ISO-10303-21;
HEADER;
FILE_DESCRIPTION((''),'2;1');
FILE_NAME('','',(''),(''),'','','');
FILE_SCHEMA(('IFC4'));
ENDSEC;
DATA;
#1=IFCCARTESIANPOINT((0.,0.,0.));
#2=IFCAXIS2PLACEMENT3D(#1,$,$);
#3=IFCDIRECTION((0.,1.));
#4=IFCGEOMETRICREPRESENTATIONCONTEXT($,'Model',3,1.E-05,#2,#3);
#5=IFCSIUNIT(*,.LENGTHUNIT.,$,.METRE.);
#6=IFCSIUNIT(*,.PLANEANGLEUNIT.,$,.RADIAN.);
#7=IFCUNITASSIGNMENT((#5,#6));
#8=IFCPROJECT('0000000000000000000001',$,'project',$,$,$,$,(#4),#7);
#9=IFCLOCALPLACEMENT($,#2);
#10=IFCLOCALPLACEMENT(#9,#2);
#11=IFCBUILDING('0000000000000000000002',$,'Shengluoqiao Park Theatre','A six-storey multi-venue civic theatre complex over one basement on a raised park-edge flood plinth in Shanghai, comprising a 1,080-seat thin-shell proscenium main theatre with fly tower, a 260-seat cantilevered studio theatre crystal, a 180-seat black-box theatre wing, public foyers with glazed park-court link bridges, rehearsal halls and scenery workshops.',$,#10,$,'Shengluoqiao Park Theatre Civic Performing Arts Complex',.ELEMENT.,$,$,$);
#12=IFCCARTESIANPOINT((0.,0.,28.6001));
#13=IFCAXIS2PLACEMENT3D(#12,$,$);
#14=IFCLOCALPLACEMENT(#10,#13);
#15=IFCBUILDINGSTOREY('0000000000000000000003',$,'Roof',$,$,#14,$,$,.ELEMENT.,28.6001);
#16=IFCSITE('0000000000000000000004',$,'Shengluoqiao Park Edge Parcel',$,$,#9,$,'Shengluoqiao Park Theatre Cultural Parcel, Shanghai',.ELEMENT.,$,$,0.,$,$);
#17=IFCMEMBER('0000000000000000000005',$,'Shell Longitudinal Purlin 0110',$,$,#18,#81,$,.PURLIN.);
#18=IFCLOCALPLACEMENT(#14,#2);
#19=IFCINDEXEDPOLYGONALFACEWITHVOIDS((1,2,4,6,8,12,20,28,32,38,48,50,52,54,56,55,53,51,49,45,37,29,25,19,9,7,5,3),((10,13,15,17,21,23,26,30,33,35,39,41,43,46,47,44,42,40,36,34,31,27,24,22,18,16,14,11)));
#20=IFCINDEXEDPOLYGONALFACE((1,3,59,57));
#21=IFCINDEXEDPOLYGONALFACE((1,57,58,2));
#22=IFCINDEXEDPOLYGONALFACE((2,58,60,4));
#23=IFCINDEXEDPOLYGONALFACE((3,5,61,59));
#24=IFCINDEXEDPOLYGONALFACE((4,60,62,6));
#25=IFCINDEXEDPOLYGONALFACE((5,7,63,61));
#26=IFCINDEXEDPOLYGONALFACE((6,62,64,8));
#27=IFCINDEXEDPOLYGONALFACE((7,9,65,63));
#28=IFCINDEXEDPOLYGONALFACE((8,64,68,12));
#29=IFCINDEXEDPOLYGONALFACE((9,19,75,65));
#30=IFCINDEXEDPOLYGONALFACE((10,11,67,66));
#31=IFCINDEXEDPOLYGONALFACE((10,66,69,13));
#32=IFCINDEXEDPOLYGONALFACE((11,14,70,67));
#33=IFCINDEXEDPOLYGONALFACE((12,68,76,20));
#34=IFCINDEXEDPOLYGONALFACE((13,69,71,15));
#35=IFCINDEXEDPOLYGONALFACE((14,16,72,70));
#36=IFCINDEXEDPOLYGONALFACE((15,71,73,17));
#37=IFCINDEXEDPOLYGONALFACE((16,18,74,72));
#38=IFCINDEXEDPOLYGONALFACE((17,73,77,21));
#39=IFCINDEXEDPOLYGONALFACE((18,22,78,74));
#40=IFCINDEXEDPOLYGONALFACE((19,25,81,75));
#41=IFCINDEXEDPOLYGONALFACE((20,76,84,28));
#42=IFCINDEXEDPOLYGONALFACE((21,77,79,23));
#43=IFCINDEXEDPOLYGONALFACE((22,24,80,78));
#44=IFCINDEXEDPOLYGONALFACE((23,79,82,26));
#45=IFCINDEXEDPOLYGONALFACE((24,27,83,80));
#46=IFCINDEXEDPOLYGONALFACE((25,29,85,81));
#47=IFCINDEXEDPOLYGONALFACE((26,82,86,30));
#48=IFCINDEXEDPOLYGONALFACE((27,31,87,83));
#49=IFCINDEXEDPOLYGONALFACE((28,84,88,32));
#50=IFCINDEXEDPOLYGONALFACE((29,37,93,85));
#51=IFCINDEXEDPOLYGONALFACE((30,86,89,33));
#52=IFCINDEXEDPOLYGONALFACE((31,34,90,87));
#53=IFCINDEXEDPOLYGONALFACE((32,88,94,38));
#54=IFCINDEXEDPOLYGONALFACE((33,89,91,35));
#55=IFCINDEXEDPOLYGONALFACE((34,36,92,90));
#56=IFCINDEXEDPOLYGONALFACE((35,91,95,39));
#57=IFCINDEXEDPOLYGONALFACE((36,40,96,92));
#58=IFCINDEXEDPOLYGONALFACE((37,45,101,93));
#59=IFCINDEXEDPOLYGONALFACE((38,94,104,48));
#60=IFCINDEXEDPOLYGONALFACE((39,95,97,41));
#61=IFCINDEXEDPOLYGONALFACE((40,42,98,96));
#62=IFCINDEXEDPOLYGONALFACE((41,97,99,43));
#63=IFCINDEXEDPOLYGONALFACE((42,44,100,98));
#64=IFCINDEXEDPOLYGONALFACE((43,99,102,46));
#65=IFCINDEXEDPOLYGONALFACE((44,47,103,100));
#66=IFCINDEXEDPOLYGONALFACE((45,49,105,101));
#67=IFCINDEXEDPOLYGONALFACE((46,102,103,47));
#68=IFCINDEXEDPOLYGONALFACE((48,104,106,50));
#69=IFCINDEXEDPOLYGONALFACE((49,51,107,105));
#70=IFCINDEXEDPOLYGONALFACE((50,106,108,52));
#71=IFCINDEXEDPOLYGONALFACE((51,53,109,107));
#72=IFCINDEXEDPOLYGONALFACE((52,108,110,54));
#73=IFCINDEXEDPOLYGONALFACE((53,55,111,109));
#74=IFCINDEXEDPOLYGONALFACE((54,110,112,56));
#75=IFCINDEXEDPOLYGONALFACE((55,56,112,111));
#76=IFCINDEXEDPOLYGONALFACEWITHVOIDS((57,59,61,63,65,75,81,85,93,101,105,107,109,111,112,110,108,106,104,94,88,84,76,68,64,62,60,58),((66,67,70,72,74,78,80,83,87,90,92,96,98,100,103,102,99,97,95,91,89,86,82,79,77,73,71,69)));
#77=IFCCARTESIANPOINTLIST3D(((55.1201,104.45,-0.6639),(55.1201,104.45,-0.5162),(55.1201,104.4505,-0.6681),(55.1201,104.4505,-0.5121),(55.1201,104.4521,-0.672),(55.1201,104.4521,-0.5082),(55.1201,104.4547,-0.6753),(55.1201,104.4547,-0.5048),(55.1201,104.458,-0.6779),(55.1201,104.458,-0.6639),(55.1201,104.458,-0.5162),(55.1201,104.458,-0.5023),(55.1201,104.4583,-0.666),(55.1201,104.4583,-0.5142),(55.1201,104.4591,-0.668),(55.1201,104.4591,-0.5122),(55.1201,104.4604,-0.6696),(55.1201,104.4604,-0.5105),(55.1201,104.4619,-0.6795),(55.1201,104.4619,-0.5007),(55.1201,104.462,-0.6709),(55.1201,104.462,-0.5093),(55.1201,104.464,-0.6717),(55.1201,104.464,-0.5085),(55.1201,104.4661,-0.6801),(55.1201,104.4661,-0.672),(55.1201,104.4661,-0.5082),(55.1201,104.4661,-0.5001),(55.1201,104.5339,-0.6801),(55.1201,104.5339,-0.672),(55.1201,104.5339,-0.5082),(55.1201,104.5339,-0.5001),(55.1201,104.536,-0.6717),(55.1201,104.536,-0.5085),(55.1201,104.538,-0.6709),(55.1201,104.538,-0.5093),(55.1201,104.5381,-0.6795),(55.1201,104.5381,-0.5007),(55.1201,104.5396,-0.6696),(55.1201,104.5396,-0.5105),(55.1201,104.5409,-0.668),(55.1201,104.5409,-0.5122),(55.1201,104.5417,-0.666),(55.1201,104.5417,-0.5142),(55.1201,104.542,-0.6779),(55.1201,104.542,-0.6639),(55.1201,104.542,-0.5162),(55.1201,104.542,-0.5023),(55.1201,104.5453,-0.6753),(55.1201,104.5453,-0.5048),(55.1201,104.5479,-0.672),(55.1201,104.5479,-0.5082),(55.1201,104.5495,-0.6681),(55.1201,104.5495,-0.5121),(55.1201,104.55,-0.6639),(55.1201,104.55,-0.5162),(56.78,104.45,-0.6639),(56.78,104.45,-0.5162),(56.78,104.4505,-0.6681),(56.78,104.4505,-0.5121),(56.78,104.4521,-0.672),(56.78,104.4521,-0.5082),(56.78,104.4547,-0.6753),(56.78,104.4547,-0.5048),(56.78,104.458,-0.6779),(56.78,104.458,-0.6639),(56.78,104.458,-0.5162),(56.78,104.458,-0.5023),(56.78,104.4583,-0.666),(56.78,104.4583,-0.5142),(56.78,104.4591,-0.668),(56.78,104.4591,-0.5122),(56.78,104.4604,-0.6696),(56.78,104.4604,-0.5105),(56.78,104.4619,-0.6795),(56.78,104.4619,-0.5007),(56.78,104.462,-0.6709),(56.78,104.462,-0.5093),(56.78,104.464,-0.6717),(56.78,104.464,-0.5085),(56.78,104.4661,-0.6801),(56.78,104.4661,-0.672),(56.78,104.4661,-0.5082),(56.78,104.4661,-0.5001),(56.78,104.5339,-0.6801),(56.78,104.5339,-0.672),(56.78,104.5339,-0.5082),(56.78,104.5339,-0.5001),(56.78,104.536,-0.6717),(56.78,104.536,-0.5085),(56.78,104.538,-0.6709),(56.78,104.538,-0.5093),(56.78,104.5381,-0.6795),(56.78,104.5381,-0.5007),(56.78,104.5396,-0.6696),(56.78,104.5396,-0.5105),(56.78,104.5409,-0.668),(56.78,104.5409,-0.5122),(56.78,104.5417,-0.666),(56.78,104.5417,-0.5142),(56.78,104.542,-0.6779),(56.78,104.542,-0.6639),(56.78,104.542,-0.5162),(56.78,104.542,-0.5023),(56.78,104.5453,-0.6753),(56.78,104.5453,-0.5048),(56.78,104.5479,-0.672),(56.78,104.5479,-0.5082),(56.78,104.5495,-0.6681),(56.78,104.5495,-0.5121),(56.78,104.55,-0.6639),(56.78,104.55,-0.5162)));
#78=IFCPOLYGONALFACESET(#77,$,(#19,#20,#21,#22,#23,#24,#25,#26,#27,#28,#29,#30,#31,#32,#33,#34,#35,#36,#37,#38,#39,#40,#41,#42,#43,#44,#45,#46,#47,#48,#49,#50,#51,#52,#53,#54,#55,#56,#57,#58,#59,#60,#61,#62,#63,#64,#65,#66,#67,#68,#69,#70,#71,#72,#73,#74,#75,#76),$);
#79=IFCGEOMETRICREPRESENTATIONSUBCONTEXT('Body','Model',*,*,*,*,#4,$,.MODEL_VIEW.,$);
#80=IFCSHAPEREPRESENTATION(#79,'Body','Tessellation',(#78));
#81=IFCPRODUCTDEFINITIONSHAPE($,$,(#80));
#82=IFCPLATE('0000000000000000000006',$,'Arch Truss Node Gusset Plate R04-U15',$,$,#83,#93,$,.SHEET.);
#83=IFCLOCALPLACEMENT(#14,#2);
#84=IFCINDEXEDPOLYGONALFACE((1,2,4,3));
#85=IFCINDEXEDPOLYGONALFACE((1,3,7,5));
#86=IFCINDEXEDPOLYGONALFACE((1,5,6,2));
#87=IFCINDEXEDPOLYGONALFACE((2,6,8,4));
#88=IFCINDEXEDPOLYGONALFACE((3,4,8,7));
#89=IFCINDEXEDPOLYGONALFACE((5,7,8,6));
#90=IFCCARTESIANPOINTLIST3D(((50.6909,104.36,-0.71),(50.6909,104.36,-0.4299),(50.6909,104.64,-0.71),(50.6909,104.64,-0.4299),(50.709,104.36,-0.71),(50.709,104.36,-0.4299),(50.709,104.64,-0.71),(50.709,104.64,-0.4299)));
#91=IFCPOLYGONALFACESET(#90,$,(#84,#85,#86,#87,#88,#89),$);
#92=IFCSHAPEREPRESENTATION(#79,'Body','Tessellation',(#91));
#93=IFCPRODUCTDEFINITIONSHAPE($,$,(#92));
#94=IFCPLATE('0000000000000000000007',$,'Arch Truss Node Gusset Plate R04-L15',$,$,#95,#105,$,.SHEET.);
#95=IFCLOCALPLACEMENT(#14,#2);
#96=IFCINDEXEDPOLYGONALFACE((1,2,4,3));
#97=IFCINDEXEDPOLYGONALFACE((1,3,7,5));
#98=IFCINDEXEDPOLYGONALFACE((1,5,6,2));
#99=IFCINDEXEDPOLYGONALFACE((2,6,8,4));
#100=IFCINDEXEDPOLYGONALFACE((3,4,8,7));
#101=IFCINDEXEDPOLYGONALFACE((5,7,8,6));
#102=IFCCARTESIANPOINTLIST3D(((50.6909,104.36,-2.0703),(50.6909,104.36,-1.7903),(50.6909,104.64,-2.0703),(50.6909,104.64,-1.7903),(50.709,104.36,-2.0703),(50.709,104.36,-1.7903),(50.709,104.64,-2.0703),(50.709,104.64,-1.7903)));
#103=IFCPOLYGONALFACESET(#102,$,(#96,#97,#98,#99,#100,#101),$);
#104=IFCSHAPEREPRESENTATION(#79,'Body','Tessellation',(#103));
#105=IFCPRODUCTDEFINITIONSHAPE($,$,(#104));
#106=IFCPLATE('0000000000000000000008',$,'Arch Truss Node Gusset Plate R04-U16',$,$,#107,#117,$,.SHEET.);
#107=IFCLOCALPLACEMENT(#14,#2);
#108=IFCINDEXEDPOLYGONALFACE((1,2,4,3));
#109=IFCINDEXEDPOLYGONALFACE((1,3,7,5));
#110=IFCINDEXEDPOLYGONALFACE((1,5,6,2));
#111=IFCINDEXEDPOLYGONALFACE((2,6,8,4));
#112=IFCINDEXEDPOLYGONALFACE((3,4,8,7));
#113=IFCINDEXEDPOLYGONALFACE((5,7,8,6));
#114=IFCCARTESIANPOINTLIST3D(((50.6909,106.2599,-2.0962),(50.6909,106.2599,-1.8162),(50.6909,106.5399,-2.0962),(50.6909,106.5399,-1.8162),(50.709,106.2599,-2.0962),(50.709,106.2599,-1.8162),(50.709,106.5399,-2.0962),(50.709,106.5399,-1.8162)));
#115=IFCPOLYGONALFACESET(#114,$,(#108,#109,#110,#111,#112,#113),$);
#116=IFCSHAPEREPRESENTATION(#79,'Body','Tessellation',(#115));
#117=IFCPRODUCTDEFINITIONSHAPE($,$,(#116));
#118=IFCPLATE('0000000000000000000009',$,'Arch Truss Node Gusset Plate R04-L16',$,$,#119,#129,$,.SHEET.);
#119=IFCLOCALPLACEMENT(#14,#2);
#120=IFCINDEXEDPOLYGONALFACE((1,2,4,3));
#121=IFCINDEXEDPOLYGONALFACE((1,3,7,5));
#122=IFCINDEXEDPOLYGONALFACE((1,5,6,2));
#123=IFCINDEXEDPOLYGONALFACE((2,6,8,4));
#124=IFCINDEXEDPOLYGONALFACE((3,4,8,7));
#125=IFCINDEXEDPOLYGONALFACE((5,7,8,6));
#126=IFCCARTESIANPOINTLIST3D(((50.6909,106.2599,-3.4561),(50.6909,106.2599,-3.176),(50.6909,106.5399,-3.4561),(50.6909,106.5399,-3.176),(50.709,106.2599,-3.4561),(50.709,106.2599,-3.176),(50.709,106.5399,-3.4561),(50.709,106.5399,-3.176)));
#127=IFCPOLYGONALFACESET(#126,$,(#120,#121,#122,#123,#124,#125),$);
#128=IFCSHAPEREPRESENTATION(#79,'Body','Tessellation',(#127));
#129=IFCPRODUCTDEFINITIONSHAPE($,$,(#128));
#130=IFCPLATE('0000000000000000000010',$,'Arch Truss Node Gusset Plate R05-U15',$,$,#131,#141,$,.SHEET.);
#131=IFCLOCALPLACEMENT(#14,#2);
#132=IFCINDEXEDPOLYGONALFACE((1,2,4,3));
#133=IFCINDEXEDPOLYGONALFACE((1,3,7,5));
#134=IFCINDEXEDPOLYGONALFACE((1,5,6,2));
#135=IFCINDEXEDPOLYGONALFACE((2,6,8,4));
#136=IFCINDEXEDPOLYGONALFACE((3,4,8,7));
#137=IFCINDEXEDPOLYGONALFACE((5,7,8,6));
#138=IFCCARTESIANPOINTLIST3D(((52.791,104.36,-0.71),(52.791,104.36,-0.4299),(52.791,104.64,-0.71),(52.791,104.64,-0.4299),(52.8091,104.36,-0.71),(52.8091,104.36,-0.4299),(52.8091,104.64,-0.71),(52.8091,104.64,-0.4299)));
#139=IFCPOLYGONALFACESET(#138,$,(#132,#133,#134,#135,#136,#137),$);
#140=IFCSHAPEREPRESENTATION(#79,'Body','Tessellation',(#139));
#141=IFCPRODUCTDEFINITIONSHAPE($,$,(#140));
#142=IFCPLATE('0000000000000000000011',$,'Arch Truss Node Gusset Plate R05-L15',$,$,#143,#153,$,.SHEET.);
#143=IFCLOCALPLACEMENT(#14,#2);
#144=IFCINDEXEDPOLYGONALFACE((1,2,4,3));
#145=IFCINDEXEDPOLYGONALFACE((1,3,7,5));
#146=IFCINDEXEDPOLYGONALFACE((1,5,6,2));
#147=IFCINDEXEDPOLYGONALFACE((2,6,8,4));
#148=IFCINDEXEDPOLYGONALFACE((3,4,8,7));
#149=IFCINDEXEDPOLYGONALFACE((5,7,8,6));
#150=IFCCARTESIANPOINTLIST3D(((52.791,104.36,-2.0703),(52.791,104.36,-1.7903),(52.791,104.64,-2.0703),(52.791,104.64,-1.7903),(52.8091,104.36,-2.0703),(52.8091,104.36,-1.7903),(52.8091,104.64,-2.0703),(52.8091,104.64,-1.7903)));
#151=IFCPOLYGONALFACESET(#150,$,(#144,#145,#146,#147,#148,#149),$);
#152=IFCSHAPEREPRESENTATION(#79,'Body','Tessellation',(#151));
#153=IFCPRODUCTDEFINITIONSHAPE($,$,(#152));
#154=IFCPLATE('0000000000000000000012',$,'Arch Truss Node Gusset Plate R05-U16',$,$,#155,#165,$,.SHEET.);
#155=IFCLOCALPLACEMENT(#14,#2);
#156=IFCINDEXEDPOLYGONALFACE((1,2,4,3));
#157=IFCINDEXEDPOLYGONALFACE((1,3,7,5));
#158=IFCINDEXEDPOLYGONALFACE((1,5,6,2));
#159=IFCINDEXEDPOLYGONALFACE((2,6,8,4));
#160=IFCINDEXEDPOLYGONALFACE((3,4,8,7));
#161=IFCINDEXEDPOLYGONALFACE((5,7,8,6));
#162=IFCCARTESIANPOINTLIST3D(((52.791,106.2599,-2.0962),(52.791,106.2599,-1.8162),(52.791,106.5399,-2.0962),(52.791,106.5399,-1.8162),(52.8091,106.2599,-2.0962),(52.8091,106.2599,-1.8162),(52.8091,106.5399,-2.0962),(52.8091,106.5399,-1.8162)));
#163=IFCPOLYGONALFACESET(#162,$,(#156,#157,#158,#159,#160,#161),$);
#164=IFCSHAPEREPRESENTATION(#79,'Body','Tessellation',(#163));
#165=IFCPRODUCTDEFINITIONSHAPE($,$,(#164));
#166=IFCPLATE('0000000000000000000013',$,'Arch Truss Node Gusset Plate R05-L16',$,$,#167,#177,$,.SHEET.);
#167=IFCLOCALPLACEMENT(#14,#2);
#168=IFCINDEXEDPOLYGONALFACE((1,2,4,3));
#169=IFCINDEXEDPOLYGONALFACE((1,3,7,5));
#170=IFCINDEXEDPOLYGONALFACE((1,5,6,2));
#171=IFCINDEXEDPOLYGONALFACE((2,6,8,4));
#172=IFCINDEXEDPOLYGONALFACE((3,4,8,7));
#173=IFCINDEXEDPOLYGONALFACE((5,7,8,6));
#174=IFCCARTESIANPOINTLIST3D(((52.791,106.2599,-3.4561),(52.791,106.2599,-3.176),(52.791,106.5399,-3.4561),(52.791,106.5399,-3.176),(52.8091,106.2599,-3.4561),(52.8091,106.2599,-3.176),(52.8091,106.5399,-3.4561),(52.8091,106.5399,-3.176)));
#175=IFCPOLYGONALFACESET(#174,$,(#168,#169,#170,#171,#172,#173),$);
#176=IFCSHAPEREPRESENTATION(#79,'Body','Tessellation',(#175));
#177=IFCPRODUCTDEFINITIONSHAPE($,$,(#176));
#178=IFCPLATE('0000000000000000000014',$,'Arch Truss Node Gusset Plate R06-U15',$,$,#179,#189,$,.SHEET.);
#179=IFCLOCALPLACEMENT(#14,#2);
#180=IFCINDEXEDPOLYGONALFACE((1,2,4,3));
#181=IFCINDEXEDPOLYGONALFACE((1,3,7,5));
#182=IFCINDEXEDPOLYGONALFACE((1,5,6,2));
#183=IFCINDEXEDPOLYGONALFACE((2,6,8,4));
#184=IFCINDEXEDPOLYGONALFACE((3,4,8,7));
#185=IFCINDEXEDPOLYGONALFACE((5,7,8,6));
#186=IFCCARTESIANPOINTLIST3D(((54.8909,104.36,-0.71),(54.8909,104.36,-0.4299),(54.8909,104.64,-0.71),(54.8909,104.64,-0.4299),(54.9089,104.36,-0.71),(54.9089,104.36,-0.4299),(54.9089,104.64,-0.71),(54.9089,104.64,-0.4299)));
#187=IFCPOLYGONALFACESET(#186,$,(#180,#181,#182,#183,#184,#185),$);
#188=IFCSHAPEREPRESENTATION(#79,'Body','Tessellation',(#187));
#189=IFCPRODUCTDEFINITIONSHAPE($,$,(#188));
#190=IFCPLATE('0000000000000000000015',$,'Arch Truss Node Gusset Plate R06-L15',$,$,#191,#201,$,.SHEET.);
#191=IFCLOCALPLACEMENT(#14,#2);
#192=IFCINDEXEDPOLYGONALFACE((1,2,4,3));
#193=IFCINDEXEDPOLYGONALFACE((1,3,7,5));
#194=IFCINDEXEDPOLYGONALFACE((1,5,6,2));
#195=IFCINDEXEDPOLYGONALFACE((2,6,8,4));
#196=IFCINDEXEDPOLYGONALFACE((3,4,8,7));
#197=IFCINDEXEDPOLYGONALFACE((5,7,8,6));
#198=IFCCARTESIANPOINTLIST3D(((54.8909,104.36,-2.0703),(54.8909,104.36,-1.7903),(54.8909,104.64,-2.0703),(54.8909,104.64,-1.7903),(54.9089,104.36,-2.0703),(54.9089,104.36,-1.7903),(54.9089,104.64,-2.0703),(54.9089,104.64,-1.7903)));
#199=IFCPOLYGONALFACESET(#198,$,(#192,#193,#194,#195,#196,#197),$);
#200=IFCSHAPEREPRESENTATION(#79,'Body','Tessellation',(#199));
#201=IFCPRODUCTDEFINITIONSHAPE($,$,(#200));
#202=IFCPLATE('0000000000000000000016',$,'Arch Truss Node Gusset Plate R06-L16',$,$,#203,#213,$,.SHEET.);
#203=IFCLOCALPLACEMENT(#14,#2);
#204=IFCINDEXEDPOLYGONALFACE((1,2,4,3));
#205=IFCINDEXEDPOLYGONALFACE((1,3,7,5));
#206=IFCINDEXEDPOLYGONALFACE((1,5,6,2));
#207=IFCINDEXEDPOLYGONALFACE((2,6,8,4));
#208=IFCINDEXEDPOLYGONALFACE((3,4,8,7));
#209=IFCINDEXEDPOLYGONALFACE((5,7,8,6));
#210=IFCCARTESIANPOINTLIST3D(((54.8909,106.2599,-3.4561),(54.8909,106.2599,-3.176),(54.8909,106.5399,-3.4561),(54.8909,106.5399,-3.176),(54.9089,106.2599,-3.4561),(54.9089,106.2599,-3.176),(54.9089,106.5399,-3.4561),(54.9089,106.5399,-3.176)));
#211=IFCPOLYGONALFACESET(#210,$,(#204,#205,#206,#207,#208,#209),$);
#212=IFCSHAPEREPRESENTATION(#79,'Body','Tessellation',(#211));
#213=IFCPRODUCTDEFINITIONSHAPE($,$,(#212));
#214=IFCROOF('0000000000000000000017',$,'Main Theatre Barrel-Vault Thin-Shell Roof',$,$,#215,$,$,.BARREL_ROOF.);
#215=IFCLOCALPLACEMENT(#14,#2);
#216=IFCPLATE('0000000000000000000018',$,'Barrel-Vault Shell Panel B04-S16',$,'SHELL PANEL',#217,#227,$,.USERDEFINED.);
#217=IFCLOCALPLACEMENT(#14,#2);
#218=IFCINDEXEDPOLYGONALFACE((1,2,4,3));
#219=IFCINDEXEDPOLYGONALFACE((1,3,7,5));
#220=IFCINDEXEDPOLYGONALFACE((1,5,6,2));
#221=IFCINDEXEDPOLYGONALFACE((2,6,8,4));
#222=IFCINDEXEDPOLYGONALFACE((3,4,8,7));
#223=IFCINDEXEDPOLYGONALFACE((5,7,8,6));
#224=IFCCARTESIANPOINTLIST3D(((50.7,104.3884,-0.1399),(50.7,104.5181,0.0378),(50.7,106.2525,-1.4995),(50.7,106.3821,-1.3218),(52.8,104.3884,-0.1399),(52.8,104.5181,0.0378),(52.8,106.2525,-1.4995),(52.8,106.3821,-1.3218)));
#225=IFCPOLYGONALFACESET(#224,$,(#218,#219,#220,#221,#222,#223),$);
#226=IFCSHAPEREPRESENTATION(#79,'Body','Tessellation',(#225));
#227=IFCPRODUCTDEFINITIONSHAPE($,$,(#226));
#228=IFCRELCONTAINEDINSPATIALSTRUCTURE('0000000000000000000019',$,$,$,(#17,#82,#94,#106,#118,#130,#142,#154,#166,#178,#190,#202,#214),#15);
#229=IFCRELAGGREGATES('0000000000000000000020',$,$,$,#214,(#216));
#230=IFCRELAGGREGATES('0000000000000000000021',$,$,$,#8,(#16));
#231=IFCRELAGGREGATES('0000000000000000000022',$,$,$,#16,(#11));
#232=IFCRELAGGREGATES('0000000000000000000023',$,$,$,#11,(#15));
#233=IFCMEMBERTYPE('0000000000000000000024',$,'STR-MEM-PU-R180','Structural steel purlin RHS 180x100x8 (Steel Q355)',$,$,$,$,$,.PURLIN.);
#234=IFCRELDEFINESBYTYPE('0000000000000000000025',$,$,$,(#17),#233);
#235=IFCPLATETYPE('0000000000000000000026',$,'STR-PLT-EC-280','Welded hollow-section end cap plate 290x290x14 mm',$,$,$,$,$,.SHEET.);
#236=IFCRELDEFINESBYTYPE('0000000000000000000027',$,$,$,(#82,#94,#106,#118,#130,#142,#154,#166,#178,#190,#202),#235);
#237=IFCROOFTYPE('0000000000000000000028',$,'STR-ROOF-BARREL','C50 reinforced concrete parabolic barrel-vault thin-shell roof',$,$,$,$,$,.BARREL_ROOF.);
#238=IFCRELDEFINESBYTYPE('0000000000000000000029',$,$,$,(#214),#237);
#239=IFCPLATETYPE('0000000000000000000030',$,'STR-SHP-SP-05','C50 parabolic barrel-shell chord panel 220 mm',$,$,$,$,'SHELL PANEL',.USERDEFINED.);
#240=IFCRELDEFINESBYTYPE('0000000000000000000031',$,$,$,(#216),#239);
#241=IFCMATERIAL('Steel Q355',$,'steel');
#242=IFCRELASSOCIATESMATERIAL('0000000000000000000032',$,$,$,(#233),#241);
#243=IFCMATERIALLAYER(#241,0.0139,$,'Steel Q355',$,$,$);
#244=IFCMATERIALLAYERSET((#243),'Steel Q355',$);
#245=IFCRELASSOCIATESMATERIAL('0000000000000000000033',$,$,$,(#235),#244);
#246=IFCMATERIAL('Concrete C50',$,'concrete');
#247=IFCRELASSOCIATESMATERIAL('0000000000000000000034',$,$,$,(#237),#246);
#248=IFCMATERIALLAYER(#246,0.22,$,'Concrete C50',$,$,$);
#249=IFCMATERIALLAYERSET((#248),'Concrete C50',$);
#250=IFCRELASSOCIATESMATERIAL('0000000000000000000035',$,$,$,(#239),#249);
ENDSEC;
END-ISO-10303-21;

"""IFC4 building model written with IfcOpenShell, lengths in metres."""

from ifc_helpers import new_model, si_unit, direction, frame, origin, origin_2d, place, context, subcontext, project, spatial, polyline, rectangle, hollow_rectangle, outline, extrude, material, layer, layer_set, material_profile, profile_set, type_object, element, aggregate, save


model = new_model("IFC4")

# Units and contexts
model_context = context("Model", 3, precision=1e-05, world=origin(), true_north=direction((0.0, 1.0)))
body_context = subcontext(model_context, "Body", "Model", "MODEL_VIEW")
ifc_project = project(units=[si_unit("LENGTHUNIT", "METRE"), si_unit("PLANEANGLEUNIT", "RADIAN")], contexts=[model_context])

# Site, building, storey
site_placement = place(None, origin())
site = spatial("IfcSite", under=ifc_project, at=site_placement, Name="Shengluoqiao Park Edge Parcel", LongName="Shengluoqiao Park Theatre Cultural Parcel, Shanghai", CompositionType="ELEMENT", RefElevation=0.0)
building_placement = place(site_placement, origin())
building = spatial("IfcBuilding", under=site, at=building_placement, Name="Shengluoqiao Park Theatre", Description="A six-storey multi-venue civic theatre complex over one basement on a raised park-edge flood plinth in Shanghai, comprising a 1,080-seat thin-shell proscenium main theatre with fly tower, a 260-seat cantilevered studio theatre crystal, a 180-seat black-box theatre wing, public foyers with glazed park-court link bridges, rehearsal halls and scenery workshops.", LongName="Shengluoqiao Park Theatre Civic Performing Arts Complex", CompositionType="ELEMENT")
storey_placement = place(building_placement, frame((0.0, 0.0, 28.6001)))
storey = spatial("IfcBuildingStorey", under=building, at=storey_placement, Name="Roof", CompositionType="ELEMENT", Elevation=28.6001)

# Shared definitions
ifc_material_1 = material(Name="Concrete C50", Category="concrete")
ifc_material_2 = material(Name="Steel Q355", Category="steel")

# Member
ifc_material_profile_1 = material_profile(ifc_material_2, hollow_rectangle(XDim=0.1001, YDim=0.1799, WallThickness=0.0081, InnerFilletRadius=0.0081, OuterFilletRadius=0.0161, at=origin_2d()), Name="RHS 180x100x8")
ifc_profile_set_1 = profile_set([ifc_material_profile_1], Name="Steel Q355")
member_type_1 = type_object("IfcMemberType", Name="STR-MEM-PU-R180", Description="Structural steel purlin RHS 180x100x8 (Steel Q355)", PredefinedType="PURLIN", material=ifc_profile_set_1)
for number, where, z_axis, x_axis, name in (
    (1, (55.1201, 104.5, -0.5901), (1.0, 0.0, 0.0), (0.0, 1.0, 0.0), "Shell Longitudinal Purlin 0110"),
):
    element("IfcMember", number, at=place(storey_placement, frame(where, z_axis=z_axis, x_axis=x_axis)), inside=storey, type_object=member_type_1, Name=name, PredefinedType="PURLIN", context=body_context, shape_type="SweptSolid", body=[
        extrude(hollow_rectangle(XDim=0.1001, YDim=0.1799, WallThickness=0.0081, InnerFilletRadius=0.0081, OuterFilletRadius=0.0161, at=origin_2d()), origin(), (0.0, 0.0, 1.0), 1.6599),
    ])

# Plates
ifc_layer_1 = layer(ifc_material_2, 0.0139, Name="Steel Q355")
ifc_layer_set_1 = layer_set([ifc_layer_1], Name="Steel Q355")
plate_type_1 = type_object("IfcPlateType", Name="STR-PLT-EC-280", Description="Welded hollow-section end cap plate 290x290x14 mm", PredefinedType="SHEET", material=ifc_layer_set_1)
for number, where, z_axis, x_axis, name in (
    (2, (50.7, 104.5, -0.71), (0.0, 0.0, 1.0), (1.0, 0.0, 0.0), "Arch Truss Node Gusset Plate R04-U15"),
    (3, (50.7, 104.5, -2.0703), (0.0, 0.0, 1.0), (1.0, 0.0, 0.0), "Arch Truss Node Gusset Plate R04-L15"),
    (4, (50.7, 106.3999, -2.0962), (0.0, 0.0, 1.0), (1.0, 0.0, 0.0), "Arch Truss Node Gusset Plate R04-U16"),
    (5, (50.7, 106.3999, -3.4561), (0.0, 0.0, 1.0), (1.0, 0.0, 0.0), "Arch Truss Node Gusset Plate R04-L16"),
    (6, (52.8, 104.5, -0.71), (0.0, 0.0, 1.0), (1.0, 0.0, 0.0), "Arch Truss Node Gusset Plate R05-U15"),
    (7, (52.8, 104.5, -2.0703), (0.0, 0.0, 1.0), (1.0, 0.0, 0.0), "Arch Truss Node Gusset Plate R05-L15"),
    (8, (52.8, 106.3999, -2.0962), (0.0, 0.0, 1.0), (1.0, 0.0, 0.0), "Arch Truss Node Gusset Plate R05-U16"),
    (9, (52.8, 106.3999, -3.4561), (0.0, 0.0, 1.0), (1.0, 0.0, 0.0), "Arch Truss Node Gusset Plate R05-L16"),
    (10, (54.8999, 104.5, -0.71), (0.0, 0.0, 1.0), (1.0, 0.0, 0.0), "Arch Truss Node Gusset Plate R06-U15"),
    (11, (54.8999, 104.5, -2.0703), (0.0, 0.0, 1.0), (1.0, 0.0, 0.0), "Arch Truss Node Gusset Plate R06-L15"),
    (12, (54.8999, 106.3999, -3.4561), (0.0, 0.0, 1.0), (1.0, 0.0, 0.0), "Arch Truss Node Gusset Plate R06-L16"),
):
    element("IfcPlate", number, at=place(storey_placement, frame(where, z_axis=z_axis, x_axis=x_axis)), inside=storey, type_object=plate_type_1, Name=name, PredefinedType="SHEET", context=body_context, shape_type="SweptSolid", body=[
        extrude(rectangle(XDim=0.0181, YDim=0.28, at=origin_2d()), origin(), (0.0, 0.0, 1.0), 0.28),
    ])

# Roof, plate
roof_type = type_object("IfcRoofType", Name="STR-ROOF-BARREL", Description="C50 reinforced concrete parabolic barrel-vault thin-shell roof", PredefinedType="BARREL_ROOF", material=ifc_material_1)
roof_placement = place(storey_placement, origin())
roof = element("IfcRoof", 13, at=roof_placement, inside=storey, type_object=roof_type, Name="Main Theatre Barrel-Vault Thin-Shell Roof", PredefinedType="BARREL_ROOF")
ifc_layer_2 = layer(ifc_material_1, 0.22, Name="Concrete C50")
ifc_layer_set_2 = layer_set([ifc_layer_2], Name="Concrete C50")
plate_type_2 = type_object("IfcPlateType", Name="STR-SHP-SP-05", Description="C50 parabolic barrel-shell chord panel 220 mm", ElementType="SHELL PANEL", PredefinedType="USERDEFINED", material=ifc_layer_set_2)
plate_1_placement = place(storey_placement, frame((50.7, 104.5181, 0.0378), z_axis=(0.0, 0.589297, 0.807916), x_axis=(1.0, 0.0, 0.0)))
plate_1 = element("IfcPlate", 14, at=plate_1_placement, type_object=plate_type_2, Name="Barrel-Vault Shell Panel B04-S16", ObjectType="SHELL PANEL", PredefinedType="USERDEFINED", context=body_context, shape_type="SweptSolid", body=[
    extrude(outline(polyline([(0.0, 0.0), (2.1001, 0.0), (2.1001, 2.3072), (0.0, 2.3072), (0.0, 0.0)])), origin(), (0.0, 0.0, -1.0), 0.22),
])
aggregate(roof, [plate_1])

save(model, "model.ifc")
